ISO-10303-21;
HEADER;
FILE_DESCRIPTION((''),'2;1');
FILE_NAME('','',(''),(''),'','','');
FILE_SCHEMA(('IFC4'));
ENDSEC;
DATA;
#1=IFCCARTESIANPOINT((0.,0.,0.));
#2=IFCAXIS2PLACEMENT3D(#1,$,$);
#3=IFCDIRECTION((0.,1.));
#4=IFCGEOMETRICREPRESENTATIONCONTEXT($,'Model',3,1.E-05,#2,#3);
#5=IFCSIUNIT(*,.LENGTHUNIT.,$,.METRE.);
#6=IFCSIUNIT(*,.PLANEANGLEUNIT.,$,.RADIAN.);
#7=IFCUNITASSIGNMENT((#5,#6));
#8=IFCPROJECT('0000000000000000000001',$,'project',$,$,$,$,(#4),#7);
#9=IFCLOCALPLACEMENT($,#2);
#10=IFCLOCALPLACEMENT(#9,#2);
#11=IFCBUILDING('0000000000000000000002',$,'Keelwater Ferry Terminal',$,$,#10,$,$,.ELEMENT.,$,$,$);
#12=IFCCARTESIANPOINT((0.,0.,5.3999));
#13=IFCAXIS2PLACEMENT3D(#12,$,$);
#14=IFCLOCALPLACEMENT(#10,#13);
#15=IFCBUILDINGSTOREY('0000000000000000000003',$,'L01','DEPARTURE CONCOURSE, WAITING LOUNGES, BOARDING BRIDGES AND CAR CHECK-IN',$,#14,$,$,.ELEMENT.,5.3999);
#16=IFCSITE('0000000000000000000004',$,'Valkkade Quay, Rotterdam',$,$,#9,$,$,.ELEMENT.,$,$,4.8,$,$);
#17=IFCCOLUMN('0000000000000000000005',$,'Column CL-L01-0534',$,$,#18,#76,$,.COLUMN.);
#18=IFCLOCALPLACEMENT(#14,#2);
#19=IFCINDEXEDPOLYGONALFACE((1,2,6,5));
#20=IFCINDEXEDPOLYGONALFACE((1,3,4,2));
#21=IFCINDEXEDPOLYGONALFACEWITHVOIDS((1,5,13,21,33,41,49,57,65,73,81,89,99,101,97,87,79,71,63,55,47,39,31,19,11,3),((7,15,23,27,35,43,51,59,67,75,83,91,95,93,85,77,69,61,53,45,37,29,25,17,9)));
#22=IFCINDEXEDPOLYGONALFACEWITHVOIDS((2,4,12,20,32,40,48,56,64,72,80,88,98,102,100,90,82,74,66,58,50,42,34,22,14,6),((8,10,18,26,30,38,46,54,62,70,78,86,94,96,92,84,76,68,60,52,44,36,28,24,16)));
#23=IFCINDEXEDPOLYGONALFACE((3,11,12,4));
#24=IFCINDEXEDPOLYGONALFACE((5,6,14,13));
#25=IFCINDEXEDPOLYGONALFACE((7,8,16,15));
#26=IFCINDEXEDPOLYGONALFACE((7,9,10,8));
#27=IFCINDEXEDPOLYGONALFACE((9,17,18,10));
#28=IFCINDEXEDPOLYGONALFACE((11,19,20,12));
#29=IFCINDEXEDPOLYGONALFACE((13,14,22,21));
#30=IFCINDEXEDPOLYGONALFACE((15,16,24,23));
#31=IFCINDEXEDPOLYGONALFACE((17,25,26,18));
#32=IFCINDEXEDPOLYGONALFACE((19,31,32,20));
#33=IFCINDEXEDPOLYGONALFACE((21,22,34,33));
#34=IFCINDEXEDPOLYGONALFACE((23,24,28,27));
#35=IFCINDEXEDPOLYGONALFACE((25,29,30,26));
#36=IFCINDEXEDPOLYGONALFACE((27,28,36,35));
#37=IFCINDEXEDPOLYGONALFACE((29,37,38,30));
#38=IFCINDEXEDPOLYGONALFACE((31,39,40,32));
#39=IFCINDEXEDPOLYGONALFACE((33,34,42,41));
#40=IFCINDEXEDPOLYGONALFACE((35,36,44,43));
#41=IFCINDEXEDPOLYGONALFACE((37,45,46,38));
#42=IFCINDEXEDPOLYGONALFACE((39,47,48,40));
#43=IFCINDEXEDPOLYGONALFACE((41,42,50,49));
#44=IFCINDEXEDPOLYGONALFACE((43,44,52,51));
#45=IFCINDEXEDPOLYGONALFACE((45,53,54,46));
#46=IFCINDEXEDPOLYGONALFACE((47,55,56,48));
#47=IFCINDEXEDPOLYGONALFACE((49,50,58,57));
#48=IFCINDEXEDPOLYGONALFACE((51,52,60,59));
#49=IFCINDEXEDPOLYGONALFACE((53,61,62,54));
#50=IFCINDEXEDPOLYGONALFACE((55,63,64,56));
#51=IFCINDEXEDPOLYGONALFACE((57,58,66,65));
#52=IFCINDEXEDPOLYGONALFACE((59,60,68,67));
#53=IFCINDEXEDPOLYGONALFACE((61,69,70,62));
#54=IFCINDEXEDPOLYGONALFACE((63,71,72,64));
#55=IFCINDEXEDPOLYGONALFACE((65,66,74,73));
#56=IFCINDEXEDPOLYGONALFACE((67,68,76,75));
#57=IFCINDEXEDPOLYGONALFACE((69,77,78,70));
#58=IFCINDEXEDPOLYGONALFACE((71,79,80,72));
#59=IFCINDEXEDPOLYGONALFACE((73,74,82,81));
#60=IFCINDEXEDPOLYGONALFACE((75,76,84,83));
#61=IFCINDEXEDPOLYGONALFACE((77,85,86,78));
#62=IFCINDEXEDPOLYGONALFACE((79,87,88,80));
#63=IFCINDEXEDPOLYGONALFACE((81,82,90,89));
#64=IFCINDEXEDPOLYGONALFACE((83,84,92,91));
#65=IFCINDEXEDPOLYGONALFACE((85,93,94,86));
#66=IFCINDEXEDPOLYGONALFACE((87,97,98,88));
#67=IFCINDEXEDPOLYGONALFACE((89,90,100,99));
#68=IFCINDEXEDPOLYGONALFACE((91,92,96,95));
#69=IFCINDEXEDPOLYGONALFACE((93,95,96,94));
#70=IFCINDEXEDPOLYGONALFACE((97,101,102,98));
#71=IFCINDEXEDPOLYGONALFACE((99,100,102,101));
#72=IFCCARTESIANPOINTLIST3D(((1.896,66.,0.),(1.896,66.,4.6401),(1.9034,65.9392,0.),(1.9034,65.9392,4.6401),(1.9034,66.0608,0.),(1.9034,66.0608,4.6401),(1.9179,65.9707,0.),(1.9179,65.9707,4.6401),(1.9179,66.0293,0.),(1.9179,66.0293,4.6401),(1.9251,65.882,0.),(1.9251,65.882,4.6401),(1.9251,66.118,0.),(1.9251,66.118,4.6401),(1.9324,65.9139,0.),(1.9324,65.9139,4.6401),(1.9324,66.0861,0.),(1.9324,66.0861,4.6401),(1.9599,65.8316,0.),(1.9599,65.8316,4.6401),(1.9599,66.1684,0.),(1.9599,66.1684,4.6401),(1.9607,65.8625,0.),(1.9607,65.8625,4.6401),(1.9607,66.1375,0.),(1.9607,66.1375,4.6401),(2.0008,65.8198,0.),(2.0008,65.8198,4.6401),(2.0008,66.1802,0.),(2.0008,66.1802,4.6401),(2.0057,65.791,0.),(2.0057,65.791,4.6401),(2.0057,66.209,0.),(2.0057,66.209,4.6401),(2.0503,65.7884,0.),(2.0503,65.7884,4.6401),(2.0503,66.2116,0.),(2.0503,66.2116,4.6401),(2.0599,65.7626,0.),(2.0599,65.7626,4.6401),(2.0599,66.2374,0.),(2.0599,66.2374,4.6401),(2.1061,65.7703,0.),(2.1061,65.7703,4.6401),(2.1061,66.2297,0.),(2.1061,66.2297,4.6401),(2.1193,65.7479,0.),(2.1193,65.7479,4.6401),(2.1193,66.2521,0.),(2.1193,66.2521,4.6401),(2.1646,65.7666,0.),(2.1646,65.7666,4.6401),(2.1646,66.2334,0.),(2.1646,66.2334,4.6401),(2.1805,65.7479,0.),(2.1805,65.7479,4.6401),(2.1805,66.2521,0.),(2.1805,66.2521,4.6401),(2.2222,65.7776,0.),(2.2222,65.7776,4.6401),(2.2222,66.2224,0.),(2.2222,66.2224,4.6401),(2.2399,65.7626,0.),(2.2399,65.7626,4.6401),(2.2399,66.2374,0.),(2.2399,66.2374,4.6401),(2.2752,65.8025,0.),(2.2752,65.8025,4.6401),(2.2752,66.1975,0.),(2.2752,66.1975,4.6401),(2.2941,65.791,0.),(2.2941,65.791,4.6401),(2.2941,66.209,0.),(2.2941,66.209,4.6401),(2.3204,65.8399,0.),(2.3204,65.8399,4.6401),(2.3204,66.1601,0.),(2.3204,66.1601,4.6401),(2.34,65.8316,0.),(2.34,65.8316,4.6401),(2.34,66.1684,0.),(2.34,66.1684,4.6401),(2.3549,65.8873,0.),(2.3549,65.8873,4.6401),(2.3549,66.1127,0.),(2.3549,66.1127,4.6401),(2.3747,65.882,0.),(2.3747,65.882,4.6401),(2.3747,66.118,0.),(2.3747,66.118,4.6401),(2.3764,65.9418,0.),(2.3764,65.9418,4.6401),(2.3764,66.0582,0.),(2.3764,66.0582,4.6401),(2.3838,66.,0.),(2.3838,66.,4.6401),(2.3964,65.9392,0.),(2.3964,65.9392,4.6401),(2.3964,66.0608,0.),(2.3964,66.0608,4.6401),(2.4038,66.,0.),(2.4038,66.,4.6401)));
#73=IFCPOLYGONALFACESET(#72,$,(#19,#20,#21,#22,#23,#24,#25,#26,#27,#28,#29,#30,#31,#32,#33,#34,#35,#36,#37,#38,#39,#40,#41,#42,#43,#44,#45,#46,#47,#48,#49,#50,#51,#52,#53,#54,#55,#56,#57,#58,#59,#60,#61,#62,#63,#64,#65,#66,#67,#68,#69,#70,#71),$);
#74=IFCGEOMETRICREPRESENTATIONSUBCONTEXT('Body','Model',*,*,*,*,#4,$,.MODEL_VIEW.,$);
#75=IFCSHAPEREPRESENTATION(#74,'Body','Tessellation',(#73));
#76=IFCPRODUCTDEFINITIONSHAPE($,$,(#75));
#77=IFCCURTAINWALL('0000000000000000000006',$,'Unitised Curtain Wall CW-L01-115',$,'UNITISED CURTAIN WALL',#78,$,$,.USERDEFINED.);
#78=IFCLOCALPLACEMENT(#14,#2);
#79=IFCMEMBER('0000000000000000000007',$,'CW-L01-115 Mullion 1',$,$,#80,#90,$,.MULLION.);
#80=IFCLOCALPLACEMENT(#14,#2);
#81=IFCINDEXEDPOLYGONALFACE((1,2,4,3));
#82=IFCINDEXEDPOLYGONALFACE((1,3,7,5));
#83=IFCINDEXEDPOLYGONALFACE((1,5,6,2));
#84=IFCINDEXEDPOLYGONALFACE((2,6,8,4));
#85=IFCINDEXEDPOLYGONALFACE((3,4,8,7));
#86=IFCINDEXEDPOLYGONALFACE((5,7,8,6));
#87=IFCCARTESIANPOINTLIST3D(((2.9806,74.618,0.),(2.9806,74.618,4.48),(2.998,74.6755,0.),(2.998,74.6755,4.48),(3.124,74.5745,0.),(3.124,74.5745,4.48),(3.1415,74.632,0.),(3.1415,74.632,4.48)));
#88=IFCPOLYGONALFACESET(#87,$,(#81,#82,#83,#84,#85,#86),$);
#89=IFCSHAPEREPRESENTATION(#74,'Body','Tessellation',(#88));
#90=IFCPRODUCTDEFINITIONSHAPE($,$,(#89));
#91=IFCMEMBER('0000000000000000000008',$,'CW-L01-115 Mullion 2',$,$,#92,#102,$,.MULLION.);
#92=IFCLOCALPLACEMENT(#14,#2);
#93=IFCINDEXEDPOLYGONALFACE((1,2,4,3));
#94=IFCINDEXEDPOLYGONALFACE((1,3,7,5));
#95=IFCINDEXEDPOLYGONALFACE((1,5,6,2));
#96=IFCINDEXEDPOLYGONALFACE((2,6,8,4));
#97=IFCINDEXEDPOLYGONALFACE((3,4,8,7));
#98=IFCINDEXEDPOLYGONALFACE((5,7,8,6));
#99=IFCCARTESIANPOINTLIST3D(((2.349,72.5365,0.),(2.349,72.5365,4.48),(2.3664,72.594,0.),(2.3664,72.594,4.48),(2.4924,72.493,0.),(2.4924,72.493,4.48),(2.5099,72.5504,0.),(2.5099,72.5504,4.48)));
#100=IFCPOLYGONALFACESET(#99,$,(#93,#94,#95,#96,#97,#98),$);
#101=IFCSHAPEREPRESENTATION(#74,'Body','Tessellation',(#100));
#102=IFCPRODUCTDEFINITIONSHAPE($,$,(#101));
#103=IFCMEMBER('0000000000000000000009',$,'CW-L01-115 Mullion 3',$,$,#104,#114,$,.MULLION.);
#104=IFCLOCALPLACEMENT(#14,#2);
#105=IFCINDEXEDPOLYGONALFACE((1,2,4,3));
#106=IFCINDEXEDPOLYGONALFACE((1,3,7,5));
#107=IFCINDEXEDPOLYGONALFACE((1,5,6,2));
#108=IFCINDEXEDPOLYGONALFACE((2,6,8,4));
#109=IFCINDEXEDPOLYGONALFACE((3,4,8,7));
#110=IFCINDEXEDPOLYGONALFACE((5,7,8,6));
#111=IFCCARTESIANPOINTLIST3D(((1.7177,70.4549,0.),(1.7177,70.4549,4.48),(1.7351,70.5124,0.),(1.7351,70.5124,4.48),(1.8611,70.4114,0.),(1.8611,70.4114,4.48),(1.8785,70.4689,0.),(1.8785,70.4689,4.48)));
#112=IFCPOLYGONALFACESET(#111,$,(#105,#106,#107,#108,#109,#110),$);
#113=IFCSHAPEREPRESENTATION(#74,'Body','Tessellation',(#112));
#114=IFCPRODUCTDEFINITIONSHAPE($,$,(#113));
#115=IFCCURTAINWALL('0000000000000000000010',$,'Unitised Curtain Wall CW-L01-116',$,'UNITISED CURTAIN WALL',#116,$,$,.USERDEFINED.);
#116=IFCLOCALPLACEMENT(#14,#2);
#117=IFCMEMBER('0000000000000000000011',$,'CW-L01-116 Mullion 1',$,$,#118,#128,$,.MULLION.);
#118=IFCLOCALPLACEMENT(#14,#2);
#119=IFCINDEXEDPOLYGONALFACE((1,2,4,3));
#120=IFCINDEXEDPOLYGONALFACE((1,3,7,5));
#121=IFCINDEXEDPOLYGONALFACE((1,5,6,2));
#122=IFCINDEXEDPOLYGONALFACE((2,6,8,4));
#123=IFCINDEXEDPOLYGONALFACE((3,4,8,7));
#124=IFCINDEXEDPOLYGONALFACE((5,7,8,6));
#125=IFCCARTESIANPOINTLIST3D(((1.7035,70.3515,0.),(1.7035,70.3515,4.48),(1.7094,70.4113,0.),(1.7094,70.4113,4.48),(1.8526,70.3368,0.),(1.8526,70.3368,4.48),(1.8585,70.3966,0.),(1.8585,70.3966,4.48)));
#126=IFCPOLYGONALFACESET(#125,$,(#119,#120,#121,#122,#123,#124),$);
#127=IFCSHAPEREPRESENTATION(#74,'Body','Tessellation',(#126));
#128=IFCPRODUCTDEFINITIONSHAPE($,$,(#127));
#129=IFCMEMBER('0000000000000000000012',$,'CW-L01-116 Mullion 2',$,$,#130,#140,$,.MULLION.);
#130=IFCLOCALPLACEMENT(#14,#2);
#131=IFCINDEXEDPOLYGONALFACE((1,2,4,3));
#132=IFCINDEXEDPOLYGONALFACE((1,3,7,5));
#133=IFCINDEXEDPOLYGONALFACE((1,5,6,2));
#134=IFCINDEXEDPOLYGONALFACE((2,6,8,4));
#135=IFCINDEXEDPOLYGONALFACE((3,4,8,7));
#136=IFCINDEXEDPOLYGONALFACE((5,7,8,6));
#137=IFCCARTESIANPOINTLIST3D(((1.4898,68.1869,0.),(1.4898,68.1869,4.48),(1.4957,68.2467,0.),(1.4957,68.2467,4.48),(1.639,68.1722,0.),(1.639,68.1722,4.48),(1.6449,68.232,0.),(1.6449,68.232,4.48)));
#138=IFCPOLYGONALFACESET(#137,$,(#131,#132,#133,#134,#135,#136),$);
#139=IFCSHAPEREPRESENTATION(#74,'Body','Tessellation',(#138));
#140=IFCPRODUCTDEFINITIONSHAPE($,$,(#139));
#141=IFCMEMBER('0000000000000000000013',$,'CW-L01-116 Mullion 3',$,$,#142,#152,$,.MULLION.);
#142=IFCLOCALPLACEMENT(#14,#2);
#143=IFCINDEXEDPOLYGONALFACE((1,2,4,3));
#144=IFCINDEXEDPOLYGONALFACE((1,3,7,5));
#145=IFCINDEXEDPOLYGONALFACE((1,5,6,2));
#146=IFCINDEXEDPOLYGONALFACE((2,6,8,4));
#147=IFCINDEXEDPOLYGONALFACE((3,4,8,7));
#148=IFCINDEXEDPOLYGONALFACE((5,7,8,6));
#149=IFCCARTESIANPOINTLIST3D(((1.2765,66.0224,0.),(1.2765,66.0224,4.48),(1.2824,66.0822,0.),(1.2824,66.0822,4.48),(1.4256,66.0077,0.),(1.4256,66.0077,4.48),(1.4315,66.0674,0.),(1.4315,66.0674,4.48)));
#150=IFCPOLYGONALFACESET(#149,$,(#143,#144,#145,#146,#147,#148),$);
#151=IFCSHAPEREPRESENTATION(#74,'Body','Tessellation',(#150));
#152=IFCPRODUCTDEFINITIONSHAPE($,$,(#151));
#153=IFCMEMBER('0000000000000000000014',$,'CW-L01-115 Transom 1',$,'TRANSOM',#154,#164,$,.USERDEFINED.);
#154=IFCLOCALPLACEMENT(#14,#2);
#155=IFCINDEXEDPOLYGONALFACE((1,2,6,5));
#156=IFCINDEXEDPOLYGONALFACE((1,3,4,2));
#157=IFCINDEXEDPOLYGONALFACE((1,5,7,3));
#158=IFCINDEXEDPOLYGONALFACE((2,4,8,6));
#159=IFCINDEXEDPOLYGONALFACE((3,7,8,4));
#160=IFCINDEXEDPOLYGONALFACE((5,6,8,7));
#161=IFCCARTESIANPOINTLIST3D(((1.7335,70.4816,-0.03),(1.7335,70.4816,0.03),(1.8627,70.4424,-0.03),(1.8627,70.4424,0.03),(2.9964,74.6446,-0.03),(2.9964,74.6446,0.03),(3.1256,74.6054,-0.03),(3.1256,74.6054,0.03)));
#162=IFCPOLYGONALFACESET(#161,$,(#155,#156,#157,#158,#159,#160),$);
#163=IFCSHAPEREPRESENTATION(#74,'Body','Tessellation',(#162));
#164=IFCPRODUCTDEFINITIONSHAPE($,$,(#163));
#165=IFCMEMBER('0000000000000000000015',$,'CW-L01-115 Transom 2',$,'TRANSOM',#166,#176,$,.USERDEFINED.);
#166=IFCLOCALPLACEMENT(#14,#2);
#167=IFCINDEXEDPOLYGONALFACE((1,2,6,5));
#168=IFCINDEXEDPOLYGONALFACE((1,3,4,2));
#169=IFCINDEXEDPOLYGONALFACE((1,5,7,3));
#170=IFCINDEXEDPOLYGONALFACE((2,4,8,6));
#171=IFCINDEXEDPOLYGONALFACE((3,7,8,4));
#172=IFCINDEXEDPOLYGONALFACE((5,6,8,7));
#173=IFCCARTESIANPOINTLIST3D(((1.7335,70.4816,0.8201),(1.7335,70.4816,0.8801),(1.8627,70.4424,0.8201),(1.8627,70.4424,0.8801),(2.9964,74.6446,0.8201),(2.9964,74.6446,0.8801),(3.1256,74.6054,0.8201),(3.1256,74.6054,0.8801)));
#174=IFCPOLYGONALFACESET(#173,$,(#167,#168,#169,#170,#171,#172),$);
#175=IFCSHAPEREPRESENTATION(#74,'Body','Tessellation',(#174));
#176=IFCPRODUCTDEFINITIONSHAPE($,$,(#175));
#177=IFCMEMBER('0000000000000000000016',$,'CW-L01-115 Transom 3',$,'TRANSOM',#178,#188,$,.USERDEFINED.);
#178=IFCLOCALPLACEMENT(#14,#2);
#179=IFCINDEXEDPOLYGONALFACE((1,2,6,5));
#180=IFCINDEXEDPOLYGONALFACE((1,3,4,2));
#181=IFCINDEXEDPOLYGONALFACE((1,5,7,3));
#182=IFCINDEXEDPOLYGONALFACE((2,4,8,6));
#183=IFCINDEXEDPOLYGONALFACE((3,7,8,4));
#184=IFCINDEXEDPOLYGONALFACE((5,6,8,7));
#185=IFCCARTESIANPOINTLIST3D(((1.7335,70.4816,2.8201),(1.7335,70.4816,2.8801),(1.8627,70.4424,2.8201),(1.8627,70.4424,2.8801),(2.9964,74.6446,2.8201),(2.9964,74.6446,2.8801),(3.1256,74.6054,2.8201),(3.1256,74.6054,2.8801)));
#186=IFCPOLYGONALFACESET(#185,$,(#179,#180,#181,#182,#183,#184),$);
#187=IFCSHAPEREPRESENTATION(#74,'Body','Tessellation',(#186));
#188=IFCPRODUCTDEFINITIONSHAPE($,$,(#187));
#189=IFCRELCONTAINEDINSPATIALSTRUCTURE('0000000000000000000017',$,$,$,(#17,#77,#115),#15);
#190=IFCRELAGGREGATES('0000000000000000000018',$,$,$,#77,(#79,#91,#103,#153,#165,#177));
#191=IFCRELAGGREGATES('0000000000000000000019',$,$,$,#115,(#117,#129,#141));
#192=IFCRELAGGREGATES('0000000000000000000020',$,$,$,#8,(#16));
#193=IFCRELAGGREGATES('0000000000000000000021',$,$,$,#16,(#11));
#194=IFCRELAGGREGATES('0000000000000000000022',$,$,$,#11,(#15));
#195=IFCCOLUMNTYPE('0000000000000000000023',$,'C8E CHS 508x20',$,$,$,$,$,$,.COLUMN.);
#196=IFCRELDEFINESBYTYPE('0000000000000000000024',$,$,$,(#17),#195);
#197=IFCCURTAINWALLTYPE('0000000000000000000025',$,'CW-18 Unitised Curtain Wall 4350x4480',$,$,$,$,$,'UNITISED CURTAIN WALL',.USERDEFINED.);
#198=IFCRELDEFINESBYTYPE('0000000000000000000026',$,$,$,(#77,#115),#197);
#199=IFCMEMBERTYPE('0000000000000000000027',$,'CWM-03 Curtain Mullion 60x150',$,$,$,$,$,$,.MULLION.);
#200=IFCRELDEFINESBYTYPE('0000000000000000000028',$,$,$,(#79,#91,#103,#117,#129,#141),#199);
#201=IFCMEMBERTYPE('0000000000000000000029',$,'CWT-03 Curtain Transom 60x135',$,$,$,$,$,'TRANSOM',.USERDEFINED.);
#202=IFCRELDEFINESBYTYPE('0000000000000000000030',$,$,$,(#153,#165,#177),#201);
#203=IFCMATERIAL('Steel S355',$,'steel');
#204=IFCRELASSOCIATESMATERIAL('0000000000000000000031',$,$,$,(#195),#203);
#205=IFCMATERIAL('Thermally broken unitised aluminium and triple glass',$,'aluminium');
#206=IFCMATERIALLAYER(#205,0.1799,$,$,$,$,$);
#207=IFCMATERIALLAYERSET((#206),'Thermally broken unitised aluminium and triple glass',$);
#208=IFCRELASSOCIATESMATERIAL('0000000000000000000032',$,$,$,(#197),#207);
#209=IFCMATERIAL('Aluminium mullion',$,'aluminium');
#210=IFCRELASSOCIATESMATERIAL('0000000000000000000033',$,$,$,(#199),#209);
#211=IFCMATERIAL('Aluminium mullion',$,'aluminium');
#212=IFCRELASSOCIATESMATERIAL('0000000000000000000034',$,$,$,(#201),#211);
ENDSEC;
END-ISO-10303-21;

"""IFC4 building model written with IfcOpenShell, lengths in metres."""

from ifc_helpers import new_model, si_unit, direction, frame, origin, origin_2d, place, context, subcontext, project, spatial, rectangle, hollow_circle, extrude, material, layer, layer_set, material_profile, profile_set, type_object, element, aggregate, save


model = new_model("IFC4")

# Units and contexts
model_context = context("Model", 3, precision=1e-05, world=origin(), true_north=direction((0.0, 1.0)))
body_context = subcontext(model_context, "Body", "Model", "MODEL_VIEW")
ifc_project = project(units=[si_unit("LENGTHUNIT", "METRE"), si_unit("PLANEANGLEUNIT", "RADIAN")], contexts=[model_context])

# Site, building, storey
site_placement = place(None, origin())
site = spatial("IfcSite", under=ifc_project, at=site_placement, Name="Valkkade Quay, Rotterdam", CompositionType="ELEMENT", RefElevation=4.8)
building_placement = place(site_placement, origin())
building = spatial("IfcBuilding", under=site, at=building_placement, Name="Keelwater Ferry Terminal", CompositionType="ELEMENT")
storey_placement = place(building_placement, frame((0.0, 0.0, 5.3999)))
storey = spatial("IfcBuildingStorey", under=building, at=storey_placement, Name="L01", Description="DEPARTURE CONCOURSE, WAITING LOUNGES, BOARDING BRIDGES AND CAR CHECK-IN", CompositionType="ELEMENT", Elevation=5.3999)

# Column
ifc_material_1 = material(Name="Steel S355", Category="steel")
ifc_material_profile_1 = material_profile(ifc_material_1, hollow_circle(Radius=0.2539, WallThickness=0.02, at=origin_2d()), Name="CHS 508x20")
ifc_profile_set_1 = profile_set([ifc_material_profile_1], Name="Steel S355")
column_type = type_object("IfcColumnType", Name="C8E CHS 508x20", PredefinedType="COLUMN", material=ifc_profile_set_1)
column_placement = place(storey_placement, frame((2.1499, 66.0, 0.0), z_axis=(0.0, 0.0, 1.0), x_axis=(1.0, 0.0, 0.0)))
element("IfcColumn", 1, at=column_placement, inside=storey, type_object=column_type, Name="Column CL-L01-0534", PredefinedType="COLUMN", context=body_context, shape_type="SweptSolid", body=[
    extrude(hollow_circle(Radius=0.2539, WallThickness=0.02, at=origin_2d()), origin(), (0.0, 0.0, 1.0), 4.6401),
])

# Curtain walls, members
ifc_material_2 = material(Name="Thermally broken unitised aluminium and triple glass", Category="aluminium")
ifc_layer_1 = layer(ifc_material_2, 0.1799)
ifc_layer_set_1 = layer_set([ifc_layer_1], Name="Thermally broken unitised aluminium and triple glass")
curtain_wall_type = type_object("IfcCurtainWallType", Name="CW-18 Unitised Curtain Wall 4350x4480", ElementType="UNITISED CURTAIN WALL", PredefinedType="USERDEFINED", material=ifc_layer_set_1)
curtain_wall_1_placement = place(storey_placement, origin())
curtain_wall_1 = element("IfcCurtainWall", 2, at=curtain_wall_1_placement, inside=storey, type_object=curtain_wall_type, Name="Unitised Curtain Wall CW-L01-115", ObjectType="UNITISED CURTAIN WALL", PredefinedType="USERDEFINED")
ifc_material_3 = material(Name="Aluminium mullion", Category="aluminium")
ifc_material_profile_2 = material_profile(ifc_material_3, rectangle(XDim=0.0601, YDim=0.1499, at=origin_2d()), Name="CWM-03")
ifc_profile_set_2 = profile_set([ifc_material_profile_2], Name="Aluminium mullion")
member_type_1 = type_object("IfcMemberType", Name="CWM-03 Curtain Mullion 60x150", PredefinedType="MULLION", material=ifc_profile_set_2)
member_1_placement = place(storey_placement, frame((3.061, 74.625, 0.0), z_axis=(0.0, 0.0, 1.0), x_axis=(-0.29032, -0.95693, 0.0)))
member_1 = element("IfcMember", 3, at=member_1_placement, type_object=member_type_1, Name="CW-L01-115 Mullion 1", PredefinedType="MULLION", context=body_context, shape_type="SweptSolid", body=[
    extrude(rectangle(XDim=0.0601, YDim=0.1499, at=origin_2d()), origin(), (0.0, 0.0, 1.0), 4.48),
])
member_2_placement = place(storey_placement, frame((2.4294, 72.5435, 0.0), z_axis=(0.0, 0.0, 1.0), x_axis=(-0.29032, -0.95693, 0.0)))
member_2 = element("IfcMember", 4, at=member_2_placement, type_object=member_type_1, Name="CW-L01-115 Mullion 2", PredefinedType="MULLION", context=body_context, shape_type="SweptSolid", body=[
    extrude(rectangle(XDim=0.0601, YDim=0.1499, at=origin_2d()), origin(), (0.0, 0.0, 1.0), 4.48),
])
member_3_placement = place(storey_placement, frame((1.7981, 70.4619, 0.0), z_axis=(0.0, 0.0, 1.0), x_axis=(-0.29032, -0.95693, 0.0)))
member_3 = element("IfcMember", 5, at=member_3_placement, type_object=member_type_1, Name="CW-L01-115 Mullion 3", PredefinedType="MULLION", context=body_context, shape_type="SweptSolid", body=[
    extrude(rectangle(XDim=0.0601, YDim=0.1499, at=origin_2d()), origin(), (0.0, 0.0, 1.0), 4.48),
])
curtain_wall_2_placement = place(storey_placement, origin())
curtain_wall_2 = element("IfcCurtainWall", 6, at=curtain_wall_2_placement, inside=storey, type_object=curtain_wall_type, Name="Unitised Curtain Wall CW-L01-116", ObjectType="UNITISED CURTAIN WALL", PredefinedType="USERDEFINED")
member_4_placement = place(storey_placement, frame((1.781, 70.374, 0.0), z_axis=(0.0, 0.0, 1.0), x_axis=(-0.098161, -0.995171, 0.0)))
member_4 = element("IfcMember", 7, at=member_4_placement, type_object=member_type_1, Name="CW-L01-116 Mullion 1", PredefinedType="MULLION", context=body_context, shape_type="SweptSolid", body=[
    extrude(rectangle(XDim=0.0601, YDim=0.1499, at=origin_2d()), origin(), (0.0, 0.0, 1.0), 4.48),
])
member_5_placement = place(storey_placement, frame((1.5674, 68.2095, 0.0), z_axis=(0.0, 0.0, 1.0), x_axis=(-0.098161, -0.995171, 0.0)))
member_5 = element("IfcMember", 8, at=member_5_placement, type_object=member_type_1, Name="CW-L01-116 Mullion 2", PredefinedType="MULLION", context=body_context, shape_type="SweptSolid", body=[
    extrude(rectangle(XDim=0.0601, YDim=0.1499, at=origin_2d()), origin(), (0.0, 0.0, 1.0), 4.48),
])
member_6_placement = place(storey_placement, frame((1.354, 66.0449, 0.0), z_axis=(0.0, 0.0, 1.0), x_axis=(-0.098161, -0.995171, 0.0)))
member_6 = element("IfcMember", 9, at=member_6_placement, type_object=member_type_1, Name="CW-L01-116 Mullion 3", PredefinedType="MULLION", context=body_context, shape_type="SweptSolid", body=[
    extrude(rectangle(XDim=0.0601, YDim=0.1499, at=origin_2d()), origin(), (0.0, 0.0, 1.0), 4.48),
])

# Members
ifc_material_4 = material(Name="Aluminium mullion", Category="aluminium")
ifc_material_profile_3 = material_profile(ifc_material_4, rectangle(XDim=0.135, YDim=0.0601, at=origin_2d()), Name="CWT-03")
ifc_profile_set_3 = profile_set([ifc_material_profile_3], Name="Aluminium mullion")
member_type_2 = type_object("IfcMemberType", Name="CWT-03 Curtain Transom 60x135", ElementType="TRANSOM", PredefinedType="USERDEFINED", material=ifc_profile_set_3)
member_7_placement = place(storey_placement, frame((3.061, 74.625, 0.0), z_axis=(-0.290302, -0.956935, 0.0), x_axis=(0.956935, -0.290302, 0.0)))
member_7 = element("IfcMember", 10, at=member_7_placement, type_object=member_type_2, Name="CW-L01-115 Transom 1", ObjectType="TRANSOM", PredefinedType="USERDEFINED", context=body_context, shape_type="SweptSolid", body=[
    extrude(rectangle(XDim=0.135, YDim=0.0601, at=origin_2d()), origin(), (0.0, 0.0, 1.0), 4.3503),
])
member_8_placement = place(storey_placement, frame((3.061, 74.625, 0.8501), z_axis=(-0.290302, -0.956935, 0.0), x_axis=(0.956935, -0.290302, 0.0)))
member_8 = element("IfcMember", 11, at=member_8_placement, type_object=member_type_2, Name="CW-L01-115 Transom 2", ObjectType="TRANSOM", PredefinedType="USERDEFINED", context=body_context, shape_type="SweptSolid", body=[
    extrude(rectangle(XDim=0.135, YDim=0.0601, at=origin_2d()), origin(), (0.0, 0.0, 1.0), 4.3503),
])
member_9_placement = place(storey_placement, frame((3.061, 74.625, 2.8501), z_axis=(-0.290302, -0.956935, 0.0), x_axis=(0.956935, -0.290302, 0.0)))
member_9 = element("IfcMember", 12, at=member_9_placement, type_object=member_type_2, Name="CW-L01-115 Transom 3", ObjectType="TRANSOM", PredefinedType="USERDEFINED", context=body_context, shape_type="SweptSolid", body=[
    extrude(rectangle(XDim=0.135, YDim=0.0601, at=origin_2d()), origin(), (0.0, 0.0, 1.0), 4.3503),
])

aggregate(curtain_wall_1, [member_1, member_2, member_3, member_7, member_8, member_9])
aggregate(curtain_wall_2, [member_4, member_5, member_6])

save(model, "model.ifc")
